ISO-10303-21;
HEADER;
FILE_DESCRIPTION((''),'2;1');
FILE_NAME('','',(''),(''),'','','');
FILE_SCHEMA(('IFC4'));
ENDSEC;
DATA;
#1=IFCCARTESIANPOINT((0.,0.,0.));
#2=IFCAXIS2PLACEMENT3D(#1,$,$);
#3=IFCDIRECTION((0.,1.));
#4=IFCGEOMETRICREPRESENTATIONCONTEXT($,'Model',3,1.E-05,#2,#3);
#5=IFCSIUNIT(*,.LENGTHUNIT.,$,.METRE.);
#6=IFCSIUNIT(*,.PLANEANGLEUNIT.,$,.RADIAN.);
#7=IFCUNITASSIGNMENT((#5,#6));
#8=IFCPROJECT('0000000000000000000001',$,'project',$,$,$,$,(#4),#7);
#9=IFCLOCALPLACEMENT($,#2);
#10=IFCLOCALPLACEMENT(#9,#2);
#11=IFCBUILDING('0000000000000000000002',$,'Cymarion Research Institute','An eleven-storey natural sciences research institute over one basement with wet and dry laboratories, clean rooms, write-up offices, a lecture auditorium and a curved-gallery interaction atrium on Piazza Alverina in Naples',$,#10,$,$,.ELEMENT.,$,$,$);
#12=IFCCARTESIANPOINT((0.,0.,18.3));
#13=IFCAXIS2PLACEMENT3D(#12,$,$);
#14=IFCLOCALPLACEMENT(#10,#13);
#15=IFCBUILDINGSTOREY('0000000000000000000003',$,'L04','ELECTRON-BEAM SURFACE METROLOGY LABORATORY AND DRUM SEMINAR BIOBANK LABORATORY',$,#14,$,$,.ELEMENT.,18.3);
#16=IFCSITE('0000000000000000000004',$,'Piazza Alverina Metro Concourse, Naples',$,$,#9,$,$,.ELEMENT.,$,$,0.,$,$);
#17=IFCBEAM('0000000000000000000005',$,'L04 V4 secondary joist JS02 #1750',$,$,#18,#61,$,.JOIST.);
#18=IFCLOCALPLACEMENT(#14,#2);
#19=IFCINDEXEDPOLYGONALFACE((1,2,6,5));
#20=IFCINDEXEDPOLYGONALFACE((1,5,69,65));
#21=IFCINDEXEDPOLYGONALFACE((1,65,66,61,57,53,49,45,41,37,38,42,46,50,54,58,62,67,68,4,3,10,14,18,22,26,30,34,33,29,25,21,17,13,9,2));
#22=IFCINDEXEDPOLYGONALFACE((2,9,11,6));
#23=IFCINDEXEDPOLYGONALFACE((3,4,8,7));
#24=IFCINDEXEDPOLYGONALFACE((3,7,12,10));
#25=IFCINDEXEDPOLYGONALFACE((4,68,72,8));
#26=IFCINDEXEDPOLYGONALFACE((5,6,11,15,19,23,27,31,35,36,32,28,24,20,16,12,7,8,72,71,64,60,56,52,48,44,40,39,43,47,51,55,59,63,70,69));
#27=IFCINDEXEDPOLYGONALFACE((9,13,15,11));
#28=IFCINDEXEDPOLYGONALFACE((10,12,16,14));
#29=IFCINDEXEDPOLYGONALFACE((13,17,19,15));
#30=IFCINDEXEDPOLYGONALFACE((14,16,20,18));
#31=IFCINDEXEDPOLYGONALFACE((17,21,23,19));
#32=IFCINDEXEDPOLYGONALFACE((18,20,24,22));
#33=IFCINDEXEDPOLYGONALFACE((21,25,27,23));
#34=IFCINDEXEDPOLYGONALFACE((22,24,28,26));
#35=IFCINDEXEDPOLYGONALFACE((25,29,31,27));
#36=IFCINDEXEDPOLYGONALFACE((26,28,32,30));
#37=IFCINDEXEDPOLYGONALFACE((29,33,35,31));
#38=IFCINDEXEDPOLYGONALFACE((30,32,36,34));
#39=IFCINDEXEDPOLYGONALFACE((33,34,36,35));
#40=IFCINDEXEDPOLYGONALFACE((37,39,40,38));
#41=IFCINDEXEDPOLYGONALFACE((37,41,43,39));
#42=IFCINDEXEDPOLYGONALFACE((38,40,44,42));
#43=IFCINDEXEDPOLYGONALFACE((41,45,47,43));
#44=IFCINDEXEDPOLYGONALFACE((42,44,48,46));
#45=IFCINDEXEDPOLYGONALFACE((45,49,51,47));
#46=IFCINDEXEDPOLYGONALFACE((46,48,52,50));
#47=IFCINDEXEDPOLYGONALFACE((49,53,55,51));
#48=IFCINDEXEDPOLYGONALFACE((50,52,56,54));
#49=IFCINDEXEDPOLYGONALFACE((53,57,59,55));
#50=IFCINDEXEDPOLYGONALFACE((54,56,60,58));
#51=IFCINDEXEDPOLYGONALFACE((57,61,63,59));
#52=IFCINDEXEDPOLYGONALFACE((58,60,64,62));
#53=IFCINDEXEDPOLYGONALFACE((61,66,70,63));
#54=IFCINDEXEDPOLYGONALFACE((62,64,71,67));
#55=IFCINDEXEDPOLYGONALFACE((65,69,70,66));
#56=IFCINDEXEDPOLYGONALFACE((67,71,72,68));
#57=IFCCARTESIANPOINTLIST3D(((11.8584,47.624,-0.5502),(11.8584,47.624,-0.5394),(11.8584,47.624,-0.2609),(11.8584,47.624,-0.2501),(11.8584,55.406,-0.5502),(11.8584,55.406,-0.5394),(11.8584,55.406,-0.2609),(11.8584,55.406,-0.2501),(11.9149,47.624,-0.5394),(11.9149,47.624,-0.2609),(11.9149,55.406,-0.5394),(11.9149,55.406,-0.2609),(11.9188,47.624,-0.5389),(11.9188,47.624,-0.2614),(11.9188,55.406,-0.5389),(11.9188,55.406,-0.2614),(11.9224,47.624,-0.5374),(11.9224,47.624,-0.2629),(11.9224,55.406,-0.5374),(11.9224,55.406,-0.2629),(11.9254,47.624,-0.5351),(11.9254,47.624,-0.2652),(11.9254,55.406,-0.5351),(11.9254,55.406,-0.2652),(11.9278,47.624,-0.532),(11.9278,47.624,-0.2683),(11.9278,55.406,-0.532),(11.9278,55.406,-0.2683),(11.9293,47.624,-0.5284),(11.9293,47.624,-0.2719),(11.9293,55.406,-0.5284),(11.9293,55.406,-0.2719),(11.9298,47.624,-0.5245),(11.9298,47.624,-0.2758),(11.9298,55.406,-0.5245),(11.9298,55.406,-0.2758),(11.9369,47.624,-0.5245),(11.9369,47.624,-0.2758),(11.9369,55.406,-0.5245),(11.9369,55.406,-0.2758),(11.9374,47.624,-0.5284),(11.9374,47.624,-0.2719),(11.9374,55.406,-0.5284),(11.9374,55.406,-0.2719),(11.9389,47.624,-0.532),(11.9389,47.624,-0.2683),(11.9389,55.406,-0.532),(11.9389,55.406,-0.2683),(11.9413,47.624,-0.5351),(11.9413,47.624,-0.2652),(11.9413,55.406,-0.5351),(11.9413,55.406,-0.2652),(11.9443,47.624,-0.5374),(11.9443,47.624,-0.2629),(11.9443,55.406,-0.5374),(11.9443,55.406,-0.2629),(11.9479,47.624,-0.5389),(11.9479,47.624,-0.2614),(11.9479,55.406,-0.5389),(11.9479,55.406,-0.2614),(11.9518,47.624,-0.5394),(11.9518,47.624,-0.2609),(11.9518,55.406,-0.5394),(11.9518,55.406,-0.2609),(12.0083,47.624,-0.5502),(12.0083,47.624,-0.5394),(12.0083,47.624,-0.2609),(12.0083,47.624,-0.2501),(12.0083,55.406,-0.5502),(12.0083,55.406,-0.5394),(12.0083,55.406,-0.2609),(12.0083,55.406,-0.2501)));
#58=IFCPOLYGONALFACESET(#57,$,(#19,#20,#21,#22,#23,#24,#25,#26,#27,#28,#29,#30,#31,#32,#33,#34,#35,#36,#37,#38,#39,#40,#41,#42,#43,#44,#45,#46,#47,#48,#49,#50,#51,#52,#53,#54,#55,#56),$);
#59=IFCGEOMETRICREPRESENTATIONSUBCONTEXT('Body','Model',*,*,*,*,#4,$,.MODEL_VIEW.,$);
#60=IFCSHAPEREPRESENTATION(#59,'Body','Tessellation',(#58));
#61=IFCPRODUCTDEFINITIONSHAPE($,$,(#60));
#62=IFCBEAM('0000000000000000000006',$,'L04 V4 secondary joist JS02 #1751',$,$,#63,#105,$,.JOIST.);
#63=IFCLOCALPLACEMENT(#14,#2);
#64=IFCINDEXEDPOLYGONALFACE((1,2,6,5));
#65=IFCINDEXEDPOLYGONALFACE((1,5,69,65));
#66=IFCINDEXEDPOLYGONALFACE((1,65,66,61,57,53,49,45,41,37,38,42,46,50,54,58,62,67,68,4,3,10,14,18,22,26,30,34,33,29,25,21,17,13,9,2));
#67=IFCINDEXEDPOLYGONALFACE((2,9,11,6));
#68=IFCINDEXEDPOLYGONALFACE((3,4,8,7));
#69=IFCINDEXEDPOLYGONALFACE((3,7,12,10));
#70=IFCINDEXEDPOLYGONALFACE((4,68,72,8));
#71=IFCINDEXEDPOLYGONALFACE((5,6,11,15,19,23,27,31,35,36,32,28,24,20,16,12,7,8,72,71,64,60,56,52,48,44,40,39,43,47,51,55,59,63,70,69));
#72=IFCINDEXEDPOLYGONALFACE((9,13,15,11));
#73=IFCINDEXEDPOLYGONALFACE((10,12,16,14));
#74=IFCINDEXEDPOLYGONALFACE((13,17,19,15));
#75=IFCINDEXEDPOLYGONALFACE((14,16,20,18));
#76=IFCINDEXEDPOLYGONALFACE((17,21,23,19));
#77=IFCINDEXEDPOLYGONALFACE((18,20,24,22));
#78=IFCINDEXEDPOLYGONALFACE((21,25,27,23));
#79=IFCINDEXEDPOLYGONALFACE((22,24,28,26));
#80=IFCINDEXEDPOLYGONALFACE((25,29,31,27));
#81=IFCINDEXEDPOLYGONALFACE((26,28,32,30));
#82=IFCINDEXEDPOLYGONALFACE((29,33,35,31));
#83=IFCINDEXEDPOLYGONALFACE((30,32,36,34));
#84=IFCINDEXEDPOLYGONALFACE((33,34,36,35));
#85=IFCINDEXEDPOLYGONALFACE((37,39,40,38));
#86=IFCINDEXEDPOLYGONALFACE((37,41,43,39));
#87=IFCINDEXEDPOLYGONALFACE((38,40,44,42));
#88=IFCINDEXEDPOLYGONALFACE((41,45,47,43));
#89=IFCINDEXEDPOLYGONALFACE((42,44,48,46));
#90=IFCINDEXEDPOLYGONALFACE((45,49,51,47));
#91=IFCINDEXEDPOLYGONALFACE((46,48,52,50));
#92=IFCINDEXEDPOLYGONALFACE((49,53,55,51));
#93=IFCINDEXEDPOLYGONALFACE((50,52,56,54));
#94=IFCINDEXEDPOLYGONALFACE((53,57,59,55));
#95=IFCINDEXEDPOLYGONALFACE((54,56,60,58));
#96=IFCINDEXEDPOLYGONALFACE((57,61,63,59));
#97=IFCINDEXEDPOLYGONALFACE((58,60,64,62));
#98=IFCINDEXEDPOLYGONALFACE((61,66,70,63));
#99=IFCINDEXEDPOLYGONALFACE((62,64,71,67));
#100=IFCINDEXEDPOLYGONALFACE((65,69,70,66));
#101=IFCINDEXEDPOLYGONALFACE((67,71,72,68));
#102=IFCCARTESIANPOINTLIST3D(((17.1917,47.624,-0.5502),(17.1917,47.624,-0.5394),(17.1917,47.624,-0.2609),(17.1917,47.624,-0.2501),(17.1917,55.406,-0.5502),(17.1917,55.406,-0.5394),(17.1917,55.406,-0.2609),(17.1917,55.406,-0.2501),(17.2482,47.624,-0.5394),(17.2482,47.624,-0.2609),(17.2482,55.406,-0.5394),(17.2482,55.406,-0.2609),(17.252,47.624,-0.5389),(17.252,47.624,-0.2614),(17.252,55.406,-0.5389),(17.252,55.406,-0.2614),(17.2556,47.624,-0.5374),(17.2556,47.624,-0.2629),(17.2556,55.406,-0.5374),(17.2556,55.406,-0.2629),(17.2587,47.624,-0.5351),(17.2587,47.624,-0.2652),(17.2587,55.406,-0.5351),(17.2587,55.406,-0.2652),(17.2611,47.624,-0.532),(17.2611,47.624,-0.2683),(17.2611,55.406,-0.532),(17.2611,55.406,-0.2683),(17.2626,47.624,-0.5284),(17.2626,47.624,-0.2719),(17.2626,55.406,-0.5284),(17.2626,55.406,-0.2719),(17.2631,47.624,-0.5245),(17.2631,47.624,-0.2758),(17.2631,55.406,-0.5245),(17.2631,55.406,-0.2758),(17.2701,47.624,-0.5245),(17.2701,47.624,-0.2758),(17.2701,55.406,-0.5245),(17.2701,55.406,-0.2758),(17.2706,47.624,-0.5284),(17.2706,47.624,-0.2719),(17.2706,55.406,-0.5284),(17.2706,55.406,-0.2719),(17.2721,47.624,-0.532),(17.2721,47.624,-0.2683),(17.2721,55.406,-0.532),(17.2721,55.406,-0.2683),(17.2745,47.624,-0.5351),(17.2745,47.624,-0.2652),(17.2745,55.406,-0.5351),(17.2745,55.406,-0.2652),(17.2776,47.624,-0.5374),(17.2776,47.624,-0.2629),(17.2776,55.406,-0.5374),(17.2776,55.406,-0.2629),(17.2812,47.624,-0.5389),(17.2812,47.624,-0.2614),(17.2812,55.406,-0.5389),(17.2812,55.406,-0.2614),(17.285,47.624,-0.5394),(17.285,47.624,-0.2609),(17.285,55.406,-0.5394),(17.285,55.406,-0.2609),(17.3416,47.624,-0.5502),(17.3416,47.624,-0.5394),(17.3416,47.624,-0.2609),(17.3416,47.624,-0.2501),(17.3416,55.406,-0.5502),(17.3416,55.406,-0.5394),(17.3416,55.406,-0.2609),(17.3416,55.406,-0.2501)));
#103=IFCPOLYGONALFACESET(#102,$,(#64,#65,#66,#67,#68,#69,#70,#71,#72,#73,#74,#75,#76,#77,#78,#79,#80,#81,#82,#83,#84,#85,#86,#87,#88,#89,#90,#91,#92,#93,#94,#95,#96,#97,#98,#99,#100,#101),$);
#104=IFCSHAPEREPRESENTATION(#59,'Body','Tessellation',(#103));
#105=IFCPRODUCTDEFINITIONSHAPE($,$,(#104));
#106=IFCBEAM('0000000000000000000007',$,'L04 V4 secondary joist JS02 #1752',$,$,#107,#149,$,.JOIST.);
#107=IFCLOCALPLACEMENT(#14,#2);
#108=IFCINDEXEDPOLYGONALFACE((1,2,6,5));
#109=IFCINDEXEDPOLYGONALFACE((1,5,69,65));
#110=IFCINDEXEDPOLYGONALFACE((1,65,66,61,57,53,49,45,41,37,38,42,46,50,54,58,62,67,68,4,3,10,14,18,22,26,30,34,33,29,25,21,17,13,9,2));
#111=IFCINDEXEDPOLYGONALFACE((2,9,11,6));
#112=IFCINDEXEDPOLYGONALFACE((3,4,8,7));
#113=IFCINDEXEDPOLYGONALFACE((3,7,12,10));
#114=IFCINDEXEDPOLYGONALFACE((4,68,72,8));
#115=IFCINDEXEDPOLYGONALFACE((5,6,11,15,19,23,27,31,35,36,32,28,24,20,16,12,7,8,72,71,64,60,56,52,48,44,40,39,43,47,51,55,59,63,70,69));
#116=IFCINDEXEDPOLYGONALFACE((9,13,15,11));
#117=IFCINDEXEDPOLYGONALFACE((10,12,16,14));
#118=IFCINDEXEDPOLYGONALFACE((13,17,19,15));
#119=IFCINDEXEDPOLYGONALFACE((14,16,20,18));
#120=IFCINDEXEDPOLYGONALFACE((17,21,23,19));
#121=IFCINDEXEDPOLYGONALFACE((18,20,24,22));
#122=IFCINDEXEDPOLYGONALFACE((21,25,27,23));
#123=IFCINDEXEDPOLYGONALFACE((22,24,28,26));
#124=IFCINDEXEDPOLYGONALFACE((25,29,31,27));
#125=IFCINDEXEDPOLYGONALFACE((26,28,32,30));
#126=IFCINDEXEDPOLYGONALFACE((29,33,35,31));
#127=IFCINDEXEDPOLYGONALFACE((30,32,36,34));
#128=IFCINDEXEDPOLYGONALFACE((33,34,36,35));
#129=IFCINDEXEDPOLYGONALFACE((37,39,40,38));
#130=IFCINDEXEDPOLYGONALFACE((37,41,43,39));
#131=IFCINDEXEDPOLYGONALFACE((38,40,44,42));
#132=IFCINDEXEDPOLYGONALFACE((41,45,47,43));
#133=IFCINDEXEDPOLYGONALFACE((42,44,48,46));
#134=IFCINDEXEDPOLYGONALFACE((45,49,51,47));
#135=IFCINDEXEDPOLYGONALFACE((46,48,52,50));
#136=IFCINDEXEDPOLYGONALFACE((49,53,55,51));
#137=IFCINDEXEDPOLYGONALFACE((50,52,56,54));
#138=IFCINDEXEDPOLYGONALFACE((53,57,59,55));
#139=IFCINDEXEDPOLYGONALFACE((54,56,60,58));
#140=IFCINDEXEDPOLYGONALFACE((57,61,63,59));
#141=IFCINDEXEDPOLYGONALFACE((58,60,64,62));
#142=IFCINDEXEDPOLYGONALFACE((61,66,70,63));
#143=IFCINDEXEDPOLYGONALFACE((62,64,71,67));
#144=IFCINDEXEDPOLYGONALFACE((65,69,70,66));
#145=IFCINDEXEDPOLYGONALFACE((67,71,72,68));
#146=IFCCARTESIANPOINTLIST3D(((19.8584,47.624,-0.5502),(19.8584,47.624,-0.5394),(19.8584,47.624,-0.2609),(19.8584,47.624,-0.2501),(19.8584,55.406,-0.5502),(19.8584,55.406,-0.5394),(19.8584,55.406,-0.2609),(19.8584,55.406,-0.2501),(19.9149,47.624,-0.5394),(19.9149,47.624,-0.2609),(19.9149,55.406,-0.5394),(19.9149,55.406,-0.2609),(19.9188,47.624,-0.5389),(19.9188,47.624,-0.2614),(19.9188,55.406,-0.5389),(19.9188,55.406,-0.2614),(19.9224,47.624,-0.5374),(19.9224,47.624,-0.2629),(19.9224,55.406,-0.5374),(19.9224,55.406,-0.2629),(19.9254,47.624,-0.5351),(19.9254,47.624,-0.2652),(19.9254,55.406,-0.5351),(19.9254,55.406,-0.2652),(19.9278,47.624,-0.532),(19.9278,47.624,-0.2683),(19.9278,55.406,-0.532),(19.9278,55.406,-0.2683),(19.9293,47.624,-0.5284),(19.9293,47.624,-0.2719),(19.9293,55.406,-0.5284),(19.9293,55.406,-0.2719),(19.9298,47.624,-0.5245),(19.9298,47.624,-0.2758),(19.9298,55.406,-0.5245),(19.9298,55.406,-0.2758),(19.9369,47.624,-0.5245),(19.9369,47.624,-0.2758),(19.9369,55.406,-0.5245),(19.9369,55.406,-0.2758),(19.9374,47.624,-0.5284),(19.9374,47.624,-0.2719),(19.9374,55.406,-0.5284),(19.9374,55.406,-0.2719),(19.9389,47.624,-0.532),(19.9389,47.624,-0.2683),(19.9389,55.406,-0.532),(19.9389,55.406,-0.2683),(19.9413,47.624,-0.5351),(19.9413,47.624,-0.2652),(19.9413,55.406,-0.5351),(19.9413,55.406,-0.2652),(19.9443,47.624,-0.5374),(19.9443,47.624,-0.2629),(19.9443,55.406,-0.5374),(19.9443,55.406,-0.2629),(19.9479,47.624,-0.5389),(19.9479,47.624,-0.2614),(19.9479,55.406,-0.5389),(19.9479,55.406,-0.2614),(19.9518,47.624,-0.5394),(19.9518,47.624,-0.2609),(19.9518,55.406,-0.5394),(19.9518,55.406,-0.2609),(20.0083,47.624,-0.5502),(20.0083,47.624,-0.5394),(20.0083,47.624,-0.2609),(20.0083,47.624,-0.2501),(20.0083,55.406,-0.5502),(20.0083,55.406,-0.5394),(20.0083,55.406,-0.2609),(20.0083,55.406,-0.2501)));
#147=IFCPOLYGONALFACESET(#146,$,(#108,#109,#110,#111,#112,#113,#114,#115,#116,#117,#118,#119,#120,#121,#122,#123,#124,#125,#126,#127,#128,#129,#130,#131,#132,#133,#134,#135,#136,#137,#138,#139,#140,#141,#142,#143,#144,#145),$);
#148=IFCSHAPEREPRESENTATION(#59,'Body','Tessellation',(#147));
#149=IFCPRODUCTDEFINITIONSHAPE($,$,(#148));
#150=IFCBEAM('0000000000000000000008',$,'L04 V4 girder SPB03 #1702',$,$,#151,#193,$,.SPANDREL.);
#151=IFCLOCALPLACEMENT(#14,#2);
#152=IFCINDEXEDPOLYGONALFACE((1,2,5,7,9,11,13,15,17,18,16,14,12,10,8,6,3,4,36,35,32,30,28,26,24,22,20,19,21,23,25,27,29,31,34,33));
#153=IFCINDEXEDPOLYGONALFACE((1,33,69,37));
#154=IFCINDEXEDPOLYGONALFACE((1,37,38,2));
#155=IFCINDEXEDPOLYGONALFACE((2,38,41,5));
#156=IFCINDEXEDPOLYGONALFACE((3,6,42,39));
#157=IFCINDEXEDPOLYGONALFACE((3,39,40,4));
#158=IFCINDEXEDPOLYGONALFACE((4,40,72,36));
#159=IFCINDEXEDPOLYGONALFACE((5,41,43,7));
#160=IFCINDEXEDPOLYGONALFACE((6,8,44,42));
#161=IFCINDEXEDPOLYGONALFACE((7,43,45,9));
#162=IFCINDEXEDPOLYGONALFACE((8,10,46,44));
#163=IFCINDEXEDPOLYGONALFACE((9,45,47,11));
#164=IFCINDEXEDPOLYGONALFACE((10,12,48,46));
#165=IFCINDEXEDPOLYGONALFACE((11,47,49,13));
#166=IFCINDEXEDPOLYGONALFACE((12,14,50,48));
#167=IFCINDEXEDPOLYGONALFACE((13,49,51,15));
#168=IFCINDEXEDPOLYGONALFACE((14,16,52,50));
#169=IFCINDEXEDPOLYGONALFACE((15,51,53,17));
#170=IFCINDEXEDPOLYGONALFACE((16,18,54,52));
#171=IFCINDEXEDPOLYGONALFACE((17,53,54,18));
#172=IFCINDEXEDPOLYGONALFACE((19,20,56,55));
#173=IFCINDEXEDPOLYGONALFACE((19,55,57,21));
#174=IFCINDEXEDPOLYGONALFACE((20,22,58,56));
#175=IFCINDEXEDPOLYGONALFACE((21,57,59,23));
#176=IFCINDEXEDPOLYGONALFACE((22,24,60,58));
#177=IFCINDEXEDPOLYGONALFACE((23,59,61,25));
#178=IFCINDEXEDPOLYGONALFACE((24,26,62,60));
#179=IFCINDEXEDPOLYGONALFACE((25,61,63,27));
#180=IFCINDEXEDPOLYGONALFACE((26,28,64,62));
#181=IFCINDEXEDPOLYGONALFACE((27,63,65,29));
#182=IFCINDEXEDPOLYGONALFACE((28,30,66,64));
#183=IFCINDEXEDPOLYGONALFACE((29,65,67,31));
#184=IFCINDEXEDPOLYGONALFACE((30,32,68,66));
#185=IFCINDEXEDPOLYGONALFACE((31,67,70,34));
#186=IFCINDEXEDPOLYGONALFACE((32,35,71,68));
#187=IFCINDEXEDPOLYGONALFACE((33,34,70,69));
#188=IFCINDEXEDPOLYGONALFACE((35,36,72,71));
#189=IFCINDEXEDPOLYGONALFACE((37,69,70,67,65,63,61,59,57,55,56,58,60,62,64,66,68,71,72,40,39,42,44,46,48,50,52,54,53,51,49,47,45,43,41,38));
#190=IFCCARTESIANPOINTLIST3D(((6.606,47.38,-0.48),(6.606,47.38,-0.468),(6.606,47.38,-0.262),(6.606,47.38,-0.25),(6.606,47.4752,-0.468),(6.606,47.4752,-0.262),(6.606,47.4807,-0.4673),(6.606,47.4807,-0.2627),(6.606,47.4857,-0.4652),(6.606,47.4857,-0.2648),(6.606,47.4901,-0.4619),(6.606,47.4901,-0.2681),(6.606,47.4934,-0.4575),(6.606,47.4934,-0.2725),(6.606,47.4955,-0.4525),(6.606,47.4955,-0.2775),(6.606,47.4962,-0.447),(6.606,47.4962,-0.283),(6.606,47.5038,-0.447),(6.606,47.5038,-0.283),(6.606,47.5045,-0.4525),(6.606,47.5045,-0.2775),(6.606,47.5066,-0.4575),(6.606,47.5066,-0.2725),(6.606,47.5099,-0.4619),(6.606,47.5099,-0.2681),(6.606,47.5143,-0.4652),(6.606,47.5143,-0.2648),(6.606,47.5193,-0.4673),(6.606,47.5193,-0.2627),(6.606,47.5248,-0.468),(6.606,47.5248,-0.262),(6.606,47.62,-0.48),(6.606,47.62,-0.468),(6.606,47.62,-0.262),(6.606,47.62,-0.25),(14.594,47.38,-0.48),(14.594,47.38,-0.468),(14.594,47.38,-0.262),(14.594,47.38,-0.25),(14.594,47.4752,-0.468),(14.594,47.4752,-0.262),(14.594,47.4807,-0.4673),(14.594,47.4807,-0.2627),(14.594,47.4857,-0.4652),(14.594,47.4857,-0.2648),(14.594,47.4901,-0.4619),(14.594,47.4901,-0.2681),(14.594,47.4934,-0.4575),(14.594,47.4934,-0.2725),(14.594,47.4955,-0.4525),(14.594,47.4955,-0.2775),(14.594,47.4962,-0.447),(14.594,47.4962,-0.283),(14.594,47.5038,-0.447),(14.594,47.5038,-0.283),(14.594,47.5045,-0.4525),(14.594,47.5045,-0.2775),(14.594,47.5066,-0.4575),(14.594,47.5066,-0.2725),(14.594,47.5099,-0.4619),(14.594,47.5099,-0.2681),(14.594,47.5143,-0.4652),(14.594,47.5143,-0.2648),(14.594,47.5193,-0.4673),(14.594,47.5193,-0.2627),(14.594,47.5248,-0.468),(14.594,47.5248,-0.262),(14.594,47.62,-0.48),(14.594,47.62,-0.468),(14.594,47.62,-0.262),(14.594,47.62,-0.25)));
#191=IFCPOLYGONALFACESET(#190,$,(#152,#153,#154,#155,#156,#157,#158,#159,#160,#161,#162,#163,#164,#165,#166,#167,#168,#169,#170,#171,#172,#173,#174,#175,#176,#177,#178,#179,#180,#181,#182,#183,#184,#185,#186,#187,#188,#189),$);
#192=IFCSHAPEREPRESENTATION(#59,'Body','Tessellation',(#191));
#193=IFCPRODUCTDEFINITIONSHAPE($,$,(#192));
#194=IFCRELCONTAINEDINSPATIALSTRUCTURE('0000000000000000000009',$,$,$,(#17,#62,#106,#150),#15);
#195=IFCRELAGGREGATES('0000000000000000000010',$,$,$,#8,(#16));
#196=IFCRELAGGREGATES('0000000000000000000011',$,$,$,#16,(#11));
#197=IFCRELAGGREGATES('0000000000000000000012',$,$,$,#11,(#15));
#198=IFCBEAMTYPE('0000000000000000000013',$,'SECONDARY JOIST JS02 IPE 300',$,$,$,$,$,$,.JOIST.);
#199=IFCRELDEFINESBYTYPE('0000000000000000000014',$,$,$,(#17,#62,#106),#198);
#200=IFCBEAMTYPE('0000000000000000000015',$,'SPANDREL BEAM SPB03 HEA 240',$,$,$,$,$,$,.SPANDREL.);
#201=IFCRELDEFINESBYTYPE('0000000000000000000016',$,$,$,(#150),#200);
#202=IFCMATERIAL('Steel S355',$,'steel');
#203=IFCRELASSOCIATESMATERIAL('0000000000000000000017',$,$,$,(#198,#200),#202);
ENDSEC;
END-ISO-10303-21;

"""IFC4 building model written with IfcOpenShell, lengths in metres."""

from ifc_helpers import new_model, si_unit, direction, frame, origin, origin_2d, place, context, subcontext, project, spatial, i_section, extrude, material, material_profile, profile_set, type_object, element, save


model = new_model("IFC4")

# Units and contexts
model_context = context("Model", 3, precision=1e-05, world=origin(), true_north=direction((0.0, 1.0)))
body_context = subcontext(model_context, "Body", "Model", "MODEL_VIEW")
ifc_project = project(units=[si_unit("LENGTHUNIT", "METRE"), si_unit("PLANEANGLEUNIT", "RADIAN")], contexts=[model_context])

# Site, building, storey
site_placement = place(None, origin())
site = spatial("IfcSite", under=ifc_project, at=site_placement, Name="Piazza Alverina Metro Concourse, Naples", CompositionType="ELEMENT", RefElevation=0.0)
building_placement = place(site_placement, origin())
building = spatial("IfcBuilding", under=site, at=building_placement, Name="Cymarion Research Institute", Description="An eleven-storey natural sciences research institute over one basement with wet and dry laboratories, clean rooms, write-up offices, a lecture auditorium and a curved-gallery interaction atrium on Piazza Alverina in Naples", CompositionType="ELEMENT")
storey_placement = place(building_placement, frame((0.0, 0.0, 18.3)))
storey = spatial("IfcBuildingStorey", under=building, at=storey_placement, Name="L04", Description="ELECTRON-BEAM SURFACE METROLOGY LABORATORY AND DRUM SEMINAR BIOBANK LABORATORY", CompositionType="ELEMENT", Elevation=18.3)

# Shared definitions
ifc_material_1 = material(Name="Steel S355", Category="steel")

# Beams
ifc_material_profile_1 = material_profile(ifc_material_1, i_section(OverallWidth=0.1499, OverallDepth=0.3, WebThickness=0.0071, FlangeThickness=0.0107, FilletRadius=0.0149, at=origin_2d()), Name="IPE 300")
ifc_profile_set_1 = profile_set([ifc_material_profile_1], Name="Steel S355")
beam_type_1 = type_object("IfcBeamType", Name="SECONDARY JOIST JS02 IPE 300", PredefinedType="JOIST", material=ifc_profile_set_1)
for number, where, z_axis, x_axis, name in (
    (1, (11.9333, 47.624, -0.4001), (0.0, 1.0, 0.0), (-1.0, 0.0, 0.0), "L04 V4 secondary joist JS02 #1750"),
    (2, (17.2666, 47.624, -0.4001), (0.0, 1.0, 0.0), (-1.0, 0.0, 0.0), "L04 V4 secondary joist JS02 #1751"),
    (3, (19.9333, 47.624, -0.4001), (0.0, 1.0, 0.0), (-1.0, 0.0, 0.0), "L04 V4 secondary joist JS02 #1752"),
):
    element("IfcBeam", number, at=place(storey_placement, frame(where, z_axis=z_axis, x_axis=x_axis)), inside=storey, type_object=beam_type_1, Name=name, PredefinedType="JOIST", context=body_context, shape_type="SweptSolid", body=[
        extrude(i_section(OverallWidth=0.1499, OverallDepth=0.3, WebThickness=0.0071, FlangeThickness=0.0107, FilletRadius=0.0149, at=origin_2d()), origin(), (0.0, 0.0, 1.0), 7.782),
    ])
ifc_material_profile_2 = material_profile(ifc_material_1, i_section(OverallWidth=0.24, OverallDepth=0.23, WebThickness=0.0076, FlangeThickness=0.012, FilletRadius=0.021, at=origin_2d()), Name="HEA 240")
ifc_profile_set_2 = profile_set([ifc_material_profile_2], Name="Steel S355")
beam_type_2 = type_object("IfcBeamType", Name="SPANDREL BEAM SPB03 HEA 240", PredefinedType="SPANDREL", material=ifc_profile_set_2)
for number, where, z_axis, x_axis, name in (
    (4, (6.606, 47.5, -0.365), (1.0, 0.0, 0.0), (0.0, 1.0, 0.0), "L04 V4 girder SPB03 #1702"),
):
    element("IfcBeam", number, at=place(storey_placement, frame(where, z_axis=z_axis, x_axis=x_axis)), inside=storey, type_object=beam_type_2, Name=name, PredefinedType="SPANDREL", context=body_context, shape_type="SweptSolid", body=[
        extrude(i_section(OverallWidth=0.24, OverallDepth=0.23, WebThickness=0.0076, FlangeThickness=0.012, FilletRadius=0.021, at=origin_2d()), origin(), (0.0, 0.0, 1.0), 7.988),
    ])

save(model, "model.ifc")
